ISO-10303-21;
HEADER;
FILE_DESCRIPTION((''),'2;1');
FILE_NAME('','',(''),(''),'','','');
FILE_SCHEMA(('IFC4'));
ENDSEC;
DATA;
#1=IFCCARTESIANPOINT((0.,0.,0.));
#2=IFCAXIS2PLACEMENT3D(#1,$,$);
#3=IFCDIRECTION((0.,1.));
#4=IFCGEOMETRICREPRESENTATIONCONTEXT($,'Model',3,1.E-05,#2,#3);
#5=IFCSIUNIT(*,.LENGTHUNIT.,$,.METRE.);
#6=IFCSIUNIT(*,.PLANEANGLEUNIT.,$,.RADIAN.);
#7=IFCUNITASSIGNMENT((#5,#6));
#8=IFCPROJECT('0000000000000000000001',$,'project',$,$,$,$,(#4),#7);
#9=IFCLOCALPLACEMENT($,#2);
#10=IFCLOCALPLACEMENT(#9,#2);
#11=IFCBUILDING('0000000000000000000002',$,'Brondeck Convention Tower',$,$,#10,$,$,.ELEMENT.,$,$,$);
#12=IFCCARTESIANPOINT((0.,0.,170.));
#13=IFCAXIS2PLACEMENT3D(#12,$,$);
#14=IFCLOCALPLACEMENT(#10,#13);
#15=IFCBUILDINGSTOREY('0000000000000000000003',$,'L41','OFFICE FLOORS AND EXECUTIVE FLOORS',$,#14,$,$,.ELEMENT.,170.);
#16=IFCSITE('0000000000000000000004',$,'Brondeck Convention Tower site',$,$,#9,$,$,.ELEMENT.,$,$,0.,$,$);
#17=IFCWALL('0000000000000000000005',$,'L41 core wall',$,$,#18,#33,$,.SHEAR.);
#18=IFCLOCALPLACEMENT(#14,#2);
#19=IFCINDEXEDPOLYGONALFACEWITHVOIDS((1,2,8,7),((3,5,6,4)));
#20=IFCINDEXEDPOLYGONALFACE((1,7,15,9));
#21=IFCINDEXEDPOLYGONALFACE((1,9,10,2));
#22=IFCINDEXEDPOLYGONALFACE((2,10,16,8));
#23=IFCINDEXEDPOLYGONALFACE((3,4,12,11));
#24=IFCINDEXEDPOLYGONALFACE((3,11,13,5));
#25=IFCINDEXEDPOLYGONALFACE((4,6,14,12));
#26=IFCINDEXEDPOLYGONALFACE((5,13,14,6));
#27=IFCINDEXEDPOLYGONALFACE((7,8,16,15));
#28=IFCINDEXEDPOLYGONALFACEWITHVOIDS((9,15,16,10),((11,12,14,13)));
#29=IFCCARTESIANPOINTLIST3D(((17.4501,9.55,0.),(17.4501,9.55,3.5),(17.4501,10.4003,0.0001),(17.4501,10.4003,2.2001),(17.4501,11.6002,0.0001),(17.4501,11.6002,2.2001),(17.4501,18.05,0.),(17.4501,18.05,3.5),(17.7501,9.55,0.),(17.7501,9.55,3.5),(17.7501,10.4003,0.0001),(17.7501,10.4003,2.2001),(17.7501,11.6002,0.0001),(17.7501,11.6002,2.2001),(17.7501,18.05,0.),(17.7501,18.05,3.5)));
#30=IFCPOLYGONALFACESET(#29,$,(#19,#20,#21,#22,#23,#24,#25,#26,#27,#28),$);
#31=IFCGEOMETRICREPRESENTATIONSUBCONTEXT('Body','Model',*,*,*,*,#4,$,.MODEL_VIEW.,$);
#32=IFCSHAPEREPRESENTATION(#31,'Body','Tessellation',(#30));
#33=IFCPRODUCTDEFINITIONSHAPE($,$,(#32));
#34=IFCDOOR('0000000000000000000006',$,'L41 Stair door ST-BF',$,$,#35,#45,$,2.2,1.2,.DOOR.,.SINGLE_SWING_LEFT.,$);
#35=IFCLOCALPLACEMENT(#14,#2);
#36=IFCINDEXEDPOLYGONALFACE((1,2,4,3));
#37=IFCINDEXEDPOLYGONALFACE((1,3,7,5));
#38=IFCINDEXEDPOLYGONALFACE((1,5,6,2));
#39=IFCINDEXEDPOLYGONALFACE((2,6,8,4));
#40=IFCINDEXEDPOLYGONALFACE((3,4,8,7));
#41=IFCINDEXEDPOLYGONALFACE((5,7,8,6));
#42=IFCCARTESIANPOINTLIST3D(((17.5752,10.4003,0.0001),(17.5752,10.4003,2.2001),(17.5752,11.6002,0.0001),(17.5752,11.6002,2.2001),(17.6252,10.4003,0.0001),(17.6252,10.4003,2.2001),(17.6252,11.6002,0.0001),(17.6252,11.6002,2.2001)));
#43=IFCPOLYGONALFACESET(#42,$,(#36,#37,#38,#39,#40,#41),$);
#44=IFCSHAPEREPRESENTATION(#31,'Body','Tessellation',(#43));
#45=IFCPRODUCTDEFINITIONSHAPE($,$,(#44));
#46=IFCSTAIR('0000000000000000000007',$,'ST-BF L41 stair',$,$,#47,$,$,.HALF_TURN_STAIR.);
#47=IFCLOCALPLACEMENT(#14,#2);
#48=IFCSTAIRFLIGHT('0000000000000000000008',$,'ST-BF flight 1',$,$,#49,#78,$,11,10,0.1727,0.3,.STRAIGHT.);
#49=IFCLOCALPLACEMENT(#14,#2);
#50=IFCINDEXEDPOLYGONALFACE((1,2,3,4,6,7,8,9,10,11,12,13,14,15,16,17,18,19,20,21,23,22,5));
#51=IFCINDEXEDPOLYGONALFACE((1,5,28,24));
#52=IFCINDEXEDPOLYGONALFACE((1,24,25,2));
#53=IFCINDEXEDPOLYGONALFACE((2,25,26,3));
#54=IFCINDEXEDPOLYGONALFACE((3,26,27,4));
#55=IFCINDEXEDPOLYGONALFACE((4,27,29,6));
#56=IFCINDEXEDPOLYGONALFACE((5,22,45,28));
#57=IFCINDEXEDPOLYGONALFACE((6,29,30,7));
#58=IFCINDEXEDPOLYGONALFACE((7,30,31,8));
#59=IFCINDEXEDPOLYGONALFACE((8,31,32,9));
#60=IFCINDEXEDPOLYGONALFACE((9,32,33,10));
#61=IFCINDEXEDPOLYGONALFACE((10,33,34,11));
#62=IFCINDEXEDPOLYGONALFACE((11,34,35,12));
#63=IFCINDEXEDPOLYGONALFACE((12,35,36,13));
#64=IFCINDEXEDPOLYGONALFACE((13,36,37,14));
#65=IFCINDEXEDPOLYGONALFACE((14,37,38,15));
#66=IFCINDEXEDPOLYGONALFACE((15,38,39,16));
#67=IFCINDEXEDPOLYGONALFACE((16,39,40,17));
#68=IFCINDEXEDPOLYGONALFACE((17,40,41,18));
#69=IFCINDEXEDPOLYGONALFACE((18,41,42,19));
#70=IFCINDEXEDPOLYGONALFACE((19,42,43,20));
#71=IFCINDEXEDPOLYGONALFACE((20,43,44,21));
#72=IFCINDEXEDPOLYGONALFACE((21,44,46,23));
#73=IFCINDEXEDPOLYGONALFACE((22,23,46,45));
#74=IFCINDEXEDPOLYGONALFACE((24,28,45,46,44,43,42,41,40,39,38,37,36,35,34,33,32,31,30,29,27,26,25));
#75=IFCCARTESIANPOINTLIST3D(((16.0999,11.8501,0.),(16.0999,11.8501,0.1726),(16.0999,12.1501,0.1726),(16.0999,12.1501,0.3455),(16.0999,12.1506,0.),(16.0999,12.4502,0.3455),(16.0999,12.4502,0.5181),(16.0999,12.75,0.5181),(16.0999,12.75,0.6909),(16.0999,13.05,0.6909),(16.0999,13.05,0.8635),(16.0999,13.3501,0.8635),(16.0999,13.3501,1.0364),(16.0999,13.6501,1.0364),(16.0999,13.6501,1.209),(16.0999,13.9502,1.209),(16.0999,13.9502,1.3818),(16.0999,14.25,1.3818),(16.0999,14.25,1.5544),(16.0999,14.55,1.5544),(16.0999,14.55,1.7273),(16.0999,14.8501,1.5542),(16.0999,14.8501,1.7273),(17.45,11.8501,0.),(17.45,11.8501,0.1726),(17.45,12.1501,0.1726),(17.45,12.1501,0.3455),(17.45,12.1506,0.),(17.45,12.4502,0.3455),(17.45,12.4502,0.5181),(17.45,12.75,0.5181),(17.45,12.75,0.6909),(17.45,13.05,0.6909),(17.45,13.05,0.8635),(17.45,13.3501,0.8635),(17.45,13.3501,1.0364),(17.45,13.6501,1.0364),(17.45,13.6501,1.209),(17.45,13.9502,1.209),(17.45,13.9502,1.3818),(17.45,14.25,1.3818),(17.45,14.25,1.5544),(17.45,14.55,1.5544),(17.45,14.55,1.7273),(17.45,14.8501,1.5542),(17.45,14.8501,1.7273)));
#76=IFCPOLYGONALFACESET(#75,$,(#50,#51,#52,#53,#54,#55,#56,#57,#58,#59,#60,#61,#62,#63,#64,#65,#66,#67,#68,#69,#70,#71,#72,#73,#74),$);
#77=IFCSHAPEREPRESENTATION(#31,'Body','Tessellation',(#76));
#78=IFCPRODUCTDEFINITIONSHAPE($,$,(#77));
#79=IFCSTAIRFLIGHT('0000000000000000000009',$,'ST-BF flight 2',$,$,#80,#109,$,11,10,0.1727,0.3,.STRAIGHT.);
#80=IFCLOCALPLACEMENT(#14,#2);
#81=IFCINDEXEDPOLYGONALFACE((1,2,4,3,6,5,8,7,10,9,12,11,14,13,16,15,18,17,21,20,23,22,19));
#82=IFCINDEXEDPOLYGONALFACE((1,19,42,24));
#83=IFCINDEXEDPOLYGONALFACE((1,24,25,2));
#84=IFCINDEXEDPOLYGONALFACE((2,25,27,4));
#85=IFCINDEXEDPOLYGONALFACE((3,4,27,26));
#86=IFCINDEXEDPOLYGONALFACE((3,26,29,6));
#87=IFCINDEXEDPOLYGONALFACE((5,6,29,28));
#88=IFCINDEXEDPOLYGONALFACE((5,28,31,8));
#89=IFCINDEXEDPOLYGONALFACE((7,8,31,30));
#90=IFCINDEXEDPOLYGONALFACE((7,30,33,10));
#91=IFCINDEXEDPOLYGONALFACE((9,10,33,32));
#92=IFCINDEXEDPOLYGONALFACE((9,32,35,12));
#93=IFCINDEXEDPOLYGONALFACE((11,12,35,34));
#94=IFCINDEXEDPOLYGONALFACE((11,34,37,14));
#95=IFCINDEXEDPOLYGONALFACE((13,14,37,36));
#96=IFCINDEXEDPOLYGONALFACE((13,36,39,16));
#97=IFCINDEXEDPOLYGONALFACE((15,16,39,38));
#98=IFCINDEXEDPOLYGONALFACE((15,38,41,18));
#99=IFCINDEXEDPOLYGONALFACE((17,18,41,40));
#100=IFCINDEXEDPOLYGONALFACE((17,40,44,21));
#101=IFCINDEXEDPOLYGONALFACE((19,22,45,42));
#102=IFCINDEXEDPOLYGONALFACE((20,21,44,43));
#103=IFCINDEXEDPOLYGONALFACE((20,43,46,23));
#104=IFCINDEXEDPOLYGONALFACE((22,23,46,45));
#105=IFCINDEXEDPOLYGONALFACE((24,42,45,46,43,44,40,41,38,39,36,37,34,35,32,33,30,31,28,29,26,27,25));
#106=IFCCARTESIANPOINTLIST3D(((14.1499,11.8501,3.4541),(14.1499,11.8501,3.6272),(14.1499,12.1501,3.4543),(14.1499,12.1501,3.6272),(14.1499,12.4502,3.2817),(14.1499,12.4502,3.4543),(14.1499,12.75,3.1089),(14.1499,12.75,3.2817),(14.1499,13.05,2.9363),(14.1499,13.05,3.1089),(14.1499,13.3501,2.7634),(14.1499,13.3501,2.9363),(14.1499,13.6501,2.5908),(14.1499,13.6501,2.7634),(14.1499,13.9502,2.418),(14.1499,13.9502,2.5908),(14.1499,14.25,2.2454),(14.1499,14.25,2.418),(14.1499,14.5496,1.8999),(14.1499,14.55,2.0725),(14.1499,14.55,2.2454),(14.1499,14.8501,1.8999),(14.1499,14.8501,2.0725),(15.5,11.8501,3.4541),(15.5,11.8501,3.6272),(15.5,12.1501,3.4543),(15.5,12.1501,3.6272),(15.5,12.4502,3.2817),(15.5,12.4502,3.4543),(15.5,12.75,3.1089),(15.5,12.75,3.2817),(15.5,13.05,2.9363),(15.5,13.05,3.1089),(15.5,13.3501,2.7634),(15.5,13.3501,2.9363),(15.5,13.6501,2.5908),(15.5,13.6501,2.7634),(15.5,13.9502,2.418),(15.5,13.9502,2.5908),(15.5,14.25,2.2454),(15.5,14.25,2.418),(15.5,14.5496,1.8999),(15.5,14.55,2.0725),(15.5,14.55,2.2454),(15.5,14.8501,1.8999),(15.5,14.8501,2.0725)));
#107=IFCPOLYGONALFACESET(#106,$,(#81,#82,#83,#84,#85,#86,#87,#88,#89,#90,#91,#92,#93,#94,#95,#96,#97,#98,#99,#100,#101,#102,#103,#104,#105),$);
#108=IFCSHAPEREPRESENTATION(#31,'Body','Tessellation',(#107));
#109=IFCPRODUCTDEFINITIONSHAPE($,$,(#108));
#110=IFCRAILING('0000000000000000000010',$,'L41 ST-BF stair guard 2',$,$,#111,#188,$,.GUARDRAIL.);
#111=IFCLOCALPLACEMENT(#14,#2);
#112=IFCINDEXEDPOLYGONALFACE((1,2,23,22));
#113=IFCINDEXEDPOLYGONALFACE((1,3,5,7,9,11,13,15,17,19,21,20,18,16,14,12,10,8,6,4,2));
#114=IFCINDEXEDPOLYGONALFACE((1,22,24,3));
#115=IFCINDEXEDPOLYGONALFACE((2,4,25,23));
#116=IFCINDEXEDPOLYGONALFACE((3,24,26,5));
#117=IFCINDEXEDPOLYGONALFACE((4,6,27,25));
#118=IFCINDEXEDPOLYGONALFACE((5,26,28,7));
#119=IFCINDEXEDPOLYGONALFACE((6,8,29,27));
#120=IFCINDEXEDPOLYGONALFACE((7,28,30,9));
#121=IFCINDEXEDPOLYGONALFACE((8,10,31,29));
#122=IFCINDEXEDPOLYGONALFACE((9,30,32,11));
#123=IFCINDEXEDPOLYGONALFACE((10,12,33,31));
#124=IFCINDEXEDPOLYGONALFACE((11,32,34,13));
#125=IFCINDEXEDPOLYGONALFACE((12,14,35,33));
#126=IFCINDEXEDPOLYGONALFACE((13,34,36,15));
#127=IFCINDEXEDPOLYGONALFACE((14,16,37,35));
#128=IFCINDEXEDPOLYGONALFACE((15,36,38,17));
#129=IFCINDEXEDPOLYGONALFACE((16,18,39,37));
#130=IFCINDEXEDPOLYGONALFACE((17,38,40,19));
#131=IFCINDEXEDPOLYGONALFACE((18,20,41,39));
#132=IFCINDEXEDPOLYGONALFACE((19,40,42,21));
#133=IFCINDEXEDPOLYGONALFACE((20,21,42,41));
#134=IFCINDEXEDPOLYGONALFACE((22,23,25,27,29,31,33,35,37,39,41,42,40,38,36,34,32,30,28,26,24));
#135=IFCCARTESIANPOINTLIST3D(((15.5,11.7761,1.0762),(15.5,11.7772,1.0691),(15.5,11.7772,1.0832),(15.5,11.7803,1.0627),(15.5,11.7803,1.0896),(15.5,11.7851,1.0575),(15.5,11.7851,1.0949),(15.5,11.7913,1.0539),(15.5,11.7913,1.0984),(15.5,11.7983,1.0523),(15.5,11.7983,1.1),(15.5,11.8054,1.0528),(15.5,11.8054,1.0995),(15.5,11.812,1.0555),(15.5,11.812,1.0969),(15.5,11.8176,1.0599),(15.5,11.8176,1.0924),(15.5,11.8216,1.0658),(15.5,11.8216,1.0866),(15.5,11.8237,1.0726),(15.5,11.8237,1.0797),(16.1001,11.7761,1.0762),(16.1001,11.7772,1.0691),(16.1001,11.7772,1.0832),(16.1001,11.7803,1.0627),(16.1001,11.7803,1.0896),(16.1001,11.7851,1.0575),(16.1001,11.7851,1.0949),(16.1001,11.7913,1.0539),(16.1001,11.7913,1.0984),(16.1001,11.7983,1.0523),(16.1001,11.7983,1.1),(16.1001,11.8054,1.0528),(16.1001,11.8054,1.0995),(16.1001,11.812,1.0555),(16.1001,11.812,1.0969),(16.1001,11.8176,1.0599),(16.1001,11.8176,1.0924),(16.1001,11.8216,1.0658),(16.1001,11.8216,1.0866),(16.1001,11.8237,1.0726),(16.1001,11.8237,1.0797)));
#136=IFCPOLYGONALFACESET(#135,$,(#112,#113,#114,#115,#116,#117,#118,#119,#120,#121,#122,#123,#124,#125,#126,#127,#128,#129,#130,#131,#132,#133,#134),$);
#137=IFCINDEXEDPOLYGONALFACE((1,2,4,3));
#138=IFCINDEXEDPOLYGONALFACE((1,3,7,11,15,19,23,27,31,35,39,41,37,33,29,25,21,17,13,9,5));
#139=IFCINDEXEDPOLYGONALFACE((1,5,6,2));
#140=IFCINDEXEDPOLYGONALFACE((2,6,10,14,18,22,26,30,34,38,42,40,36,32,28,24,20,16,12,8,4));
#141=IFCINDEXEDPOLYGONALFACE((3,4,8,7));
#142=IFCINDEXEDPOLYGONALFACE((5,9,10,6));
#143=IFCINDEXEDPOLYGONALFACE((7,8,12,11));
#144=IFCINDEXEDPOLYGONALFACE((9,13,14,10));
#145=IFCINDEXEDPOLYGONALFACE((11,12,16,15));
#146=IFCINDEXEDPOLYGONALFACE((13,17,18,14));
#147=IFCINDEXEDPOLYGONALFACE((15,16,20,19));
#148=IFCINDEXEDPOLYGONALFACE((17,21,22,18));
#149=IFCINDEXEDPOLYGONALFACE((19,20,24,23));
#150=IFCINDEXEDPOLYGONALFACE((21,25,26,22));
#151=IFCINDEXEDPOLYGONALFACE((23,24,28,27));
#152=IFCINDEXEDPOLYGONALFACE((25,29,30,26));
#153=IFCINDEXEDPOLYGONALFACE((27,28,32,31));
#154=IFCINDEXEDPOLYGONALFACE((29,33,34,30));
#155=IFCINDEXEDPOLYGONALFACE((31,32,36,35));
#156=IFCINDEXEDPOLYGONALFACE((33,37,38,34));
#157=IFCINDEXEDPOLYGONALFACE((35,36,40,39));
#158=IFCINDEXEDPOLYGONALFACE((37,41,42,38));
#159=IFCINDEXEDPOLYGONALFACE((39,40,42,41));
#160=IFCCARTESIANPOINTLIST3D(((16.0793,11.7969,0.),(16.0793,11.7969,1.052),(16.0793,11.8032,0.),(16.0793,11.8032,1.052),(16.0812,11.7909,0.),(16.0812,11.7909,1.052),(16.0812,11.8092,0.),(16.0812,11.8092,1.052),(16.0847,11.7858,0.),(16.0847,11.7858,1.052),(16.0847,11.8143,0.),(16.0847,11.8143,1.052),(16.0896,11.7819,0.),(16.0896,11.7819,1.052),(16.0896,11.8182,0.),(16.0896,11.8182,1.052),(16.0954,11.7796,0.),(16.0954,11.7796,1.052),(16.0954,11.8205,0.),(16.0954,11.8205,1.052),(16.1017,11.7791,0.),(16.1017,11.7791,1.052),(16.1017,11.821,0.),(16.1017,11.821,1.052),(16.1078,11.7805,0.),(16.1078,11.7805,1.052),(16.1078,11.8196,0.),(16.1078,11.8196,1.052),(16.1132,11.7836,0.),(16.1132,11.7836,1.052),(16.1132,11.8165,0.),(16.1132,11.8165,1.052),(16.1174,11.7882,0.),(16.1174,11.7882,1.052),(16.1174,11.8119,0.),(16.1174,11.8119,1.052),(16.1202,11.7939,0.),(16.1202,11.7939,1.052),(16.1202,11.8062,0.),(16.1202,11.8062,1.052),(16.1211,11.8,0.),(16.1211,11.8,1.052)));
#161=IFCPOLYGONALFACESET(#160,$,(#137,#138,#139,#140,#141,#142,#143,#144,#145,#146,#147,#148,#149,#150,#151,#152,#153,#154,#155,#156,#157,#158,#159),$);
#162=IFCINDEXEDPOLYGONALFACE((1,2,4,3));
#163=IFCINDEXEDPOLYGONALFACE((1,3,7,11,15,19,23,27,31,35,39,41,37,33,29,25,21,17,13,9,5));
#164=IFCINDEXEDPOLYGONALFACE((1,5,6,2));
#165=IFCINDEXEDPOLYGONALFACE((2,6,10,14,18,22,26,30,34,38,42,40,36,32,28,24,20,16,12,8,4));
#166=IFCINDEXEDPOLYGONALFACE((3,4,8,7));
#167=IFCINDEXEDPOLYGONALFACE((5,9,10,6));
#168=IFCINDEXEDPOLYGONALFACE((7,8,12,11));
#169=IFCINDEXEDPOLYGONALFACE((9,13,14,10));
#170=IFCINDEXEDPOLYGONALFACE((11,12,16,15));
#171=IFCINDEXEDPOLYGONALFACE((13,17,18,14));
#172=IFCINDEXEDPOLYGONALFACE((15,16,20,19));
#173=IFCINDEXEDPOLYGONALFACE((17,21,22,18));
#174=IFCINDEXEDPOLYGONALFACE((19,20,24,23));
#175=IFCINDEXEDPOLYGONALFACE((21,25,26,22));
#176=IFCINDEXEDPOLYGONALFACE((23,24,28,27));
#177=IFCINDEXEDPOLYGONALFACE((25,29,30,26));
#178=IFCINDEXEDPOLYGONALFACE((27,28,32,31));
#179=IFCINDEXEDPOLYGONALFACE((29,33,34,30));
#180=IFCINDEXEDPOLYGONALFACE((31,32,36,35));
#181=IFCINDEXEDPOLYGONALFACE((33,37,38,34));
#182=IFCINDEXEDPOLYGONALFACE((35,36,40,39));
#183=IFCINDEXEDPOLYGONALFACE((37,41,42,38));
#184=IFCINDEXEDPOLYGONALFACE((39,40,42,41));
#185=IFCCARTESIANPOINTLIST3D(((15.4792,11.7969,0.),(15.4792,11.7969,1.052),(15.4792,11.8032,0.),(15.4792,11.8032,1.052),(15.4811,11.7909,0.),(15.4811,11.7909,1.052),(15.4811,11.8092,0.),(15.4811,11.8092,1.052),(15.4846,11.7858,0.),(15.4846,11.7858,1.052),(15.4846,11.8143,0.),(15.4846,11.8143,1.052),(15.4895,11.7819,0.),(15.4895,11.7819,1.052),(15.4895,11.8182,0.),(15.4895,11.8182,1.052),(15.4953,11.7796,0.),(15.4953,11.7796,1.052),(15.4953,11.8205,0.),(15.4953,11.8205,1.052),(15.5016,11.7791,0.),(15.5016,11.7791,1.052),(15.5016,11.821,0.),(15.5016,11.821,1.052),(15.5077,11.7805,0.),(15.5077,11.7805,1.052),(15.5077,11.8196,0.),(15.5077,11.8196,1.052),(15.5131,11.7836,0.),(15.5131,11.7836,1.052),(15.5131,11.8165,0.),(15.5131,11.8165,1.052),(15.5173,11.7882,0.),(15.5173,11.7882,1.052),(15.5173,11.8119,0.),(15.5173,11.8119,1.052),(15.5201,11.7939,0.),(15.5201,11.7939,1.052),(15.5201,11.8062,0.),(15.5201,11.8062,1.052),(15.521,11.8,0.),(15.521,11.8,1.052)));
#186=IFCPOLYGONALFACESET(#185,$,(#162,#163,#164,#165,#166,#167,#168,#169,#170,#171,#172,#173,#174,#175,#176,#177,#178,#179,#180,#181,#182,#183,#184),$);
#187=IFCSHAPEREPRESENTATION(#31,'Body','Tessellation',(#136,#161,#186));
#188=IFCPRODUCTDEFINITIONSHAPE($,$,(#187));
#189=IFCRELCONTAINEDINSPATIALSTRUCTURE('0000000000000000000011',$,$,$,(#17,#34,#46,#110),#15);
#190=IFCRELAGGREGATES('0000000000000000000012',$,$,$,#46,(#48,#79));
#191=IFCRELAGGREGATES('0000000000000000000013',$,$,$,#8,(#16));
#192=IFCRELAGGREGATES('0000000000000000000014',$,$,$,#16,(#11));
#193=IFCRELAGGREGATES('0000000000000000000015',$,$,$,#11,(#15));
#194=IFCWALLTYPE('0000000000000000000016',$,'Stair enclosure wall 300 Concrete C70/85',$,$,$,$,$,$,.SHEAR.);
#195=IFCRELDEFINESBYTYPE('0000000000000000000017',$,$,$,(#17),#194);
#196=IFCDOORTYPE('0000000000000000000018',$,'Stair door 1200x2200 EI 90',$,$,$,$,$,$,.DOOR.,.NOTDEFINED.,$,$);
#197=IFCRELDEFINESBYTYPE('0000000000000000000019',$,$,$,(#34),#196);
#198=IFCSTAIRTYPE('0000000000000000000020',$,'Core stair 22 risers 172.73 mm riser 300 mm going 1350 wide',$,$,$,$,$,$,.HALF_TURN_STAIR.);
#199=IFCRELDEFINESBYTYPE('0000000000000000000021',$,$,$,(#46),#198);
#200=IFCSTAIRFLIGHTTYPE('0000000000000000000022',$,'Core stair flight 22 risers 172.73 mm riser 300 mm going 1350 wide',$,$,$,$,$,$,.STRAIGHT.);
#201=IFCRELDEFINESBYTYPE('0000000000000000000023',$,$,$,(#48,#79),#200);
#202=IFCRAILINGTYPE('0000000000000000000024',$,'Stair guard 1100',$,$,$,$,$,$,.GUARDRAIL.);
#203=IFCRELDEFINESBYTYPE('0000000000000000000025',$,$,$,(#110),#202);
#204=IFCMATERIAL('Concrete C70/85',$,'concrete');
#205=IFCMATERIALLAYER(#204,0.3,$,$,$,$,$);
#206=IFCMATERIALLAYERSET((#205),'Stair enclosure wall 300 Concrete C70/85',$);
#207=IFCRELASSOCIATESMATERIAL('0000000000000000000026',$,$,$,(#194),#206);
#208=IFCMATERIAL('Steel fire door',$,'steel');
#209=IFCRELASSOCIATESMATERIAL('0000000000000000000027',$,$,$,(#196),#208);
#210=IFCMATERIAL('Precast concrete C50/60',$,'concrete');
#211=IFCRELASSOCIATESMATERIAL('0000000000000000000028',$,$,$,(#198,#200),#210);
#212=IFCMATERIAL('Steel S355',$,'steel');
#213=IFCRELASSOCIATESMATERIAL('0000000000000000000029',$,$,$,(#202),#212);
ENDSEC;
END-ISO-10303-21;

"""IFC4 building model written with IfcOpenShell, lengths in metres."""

from ifc_helpers import new_model, si_unit, direction, frame, frame_2d, origin, origin_2d, place, context, subcontext, project, spatial, polyline, rectangle, circle, outline, extrude, material, layer, layer_set, type_object, element, fill, aggregate, save


model = new_model("IFC4")

# Units and contexts
model_context = context("Model", 3, precision=1e-05, world=origin(), true_north=direction((0.0, 1.0)))
body_context = subcontext(model_context, "Body", "Model", "MODEL_VIEW")
ifc_project = project(units=[si_unit("LENGTHUNIT", "METRE"), si_unit("PLANEANGLEUNIT", "RADIAN")], contexts=[model_context])

# Site, building, storey
site_placement = place(None, origin())
site = spatial("IfcSite", under=ifc_project, at=site_placement, Name="Brondeck Convention Tower site", CompositionType="ELEMENT", RefElevation=0.0)
building_placement = place(site_placement, origin())
building = spatial("IfcBuilding", under=site, at=building_placement, Name="Brondeck Convention Tower", CompositionType="ELEMENT")
storey_placement = place(building_placement, frame((0.0, 0.0, 170.0)))
storey = spatial("IfcBuildingStorey", under=building, at=storey_placement, Name="L41", Description="OFFICE FLOORS AND EXECUTIVE FLOORS", CompositionType="ELEMENT", Elevation=170.0)

# Shared definitions
ifc_material_1 = material(Name="Concrete C70/85", Category="concrete")

# Shared definitions
ifc_material_2 = material(Name="Steel S355", Category="steel")

# Shared definitions
ifc_layer_1 = layer(ifc_material_1, 0.3)
ifc_layer_set_1 = layer_set([ifc_layer_1], Name="Stair enclosure wall 300 Concrete C70/85")
wall_type_1 = type_object("IfcWallType", Name="Stair enclosure wall 300 Concrete C70/85", PredefinedType="SHEAR", material=ifc_layer_set_1)

# Wall, opening, door
wall_1_placement = place(storey_placement, frame((17.6001, 9.55, 0.0), z_axis=(0.0, 0.0, 1.0), x_axis=(0.0, 1.0, 0.0)))
wall_1 = element("IfcWall", 1, at=wall_1_placement, inside=storey, type_object=wall_type_1, Name="L41 core wall", PredefinedType="SHEAR", context=body_context, shape_type="SweptSolid", body=[
    extrude(rectangle(XDim=8.5, YDim=0.3, at=frame_2d((4.25, 0.0))), origin(), (0.0, 0.0, 1.0), 3.5),
])
opening_1_placement = place(wall_1_placement, frame((0.8501, 0.0, 0.0)))
opening_1 = element("IfcOpeningElement", 2, at=opening_1_placement, cuts=wall_1, PredefinedType="OPENING", context=body_context, shape_type="SweptSolid", body=[
    extrude(rectangle(XDim=1.2, YDim=2.2, at=frame_2d((0.6001, 1.1001))), frame((0.0, 0.1599, 0.0), z_axis=(0.0, -1.0, 0.0), x_axis=(1.0, 0.0, 0.0)), (0.0, 0.0, 1.0), 0.3201),
])
ifc_material_3 = material(Name="Steel fire door", Category="steel")
door_type_1 = type_object("IfcDoorType", Name="Stair door 1200x2200 EI 90", OperationType="NOTDEFINED", PredefinedType="DOOR", material=ifc_material_3)
door_1_placement = place(opening_1_placement, origin())
door_1 = element("IfcDoor", 3, at=door_1_placement, inside=storey, type_object=door_type_1, Name="L41 Stair door ST-BF", OperationType="SINGLE_SWING_LEFT", OverallHeight=2.2, OverallWidth=1.2, PredefinedType="DOOR", context=body_context, shape_type="SweptSolid", body=[
    extrude(rectangle(XDim=1.2, YDim=2.2, at=frame_2d((0.6001, 1.1001))), frame((0.0, 0.0249, 0.0), z_axis=(0.0, -1.0, 0.0), x_axis=(1.0, 0.0, 0.0)), (0.0, 0.0, 1.0), 0.05),
])
fill(opening_1, door_1)

# Stair, stair flights
ifc_material_4 = material(Name="Precast concrete C50/60", Category="concrete")
stair_type = type_object("IfcStairType", Name="Core stair 22 risers 172.73 mm riser 300 mm going 1350 wide", PredefinedType="HALF_TURN_STAIR", material=ifc_material_4)
stair_placement = place(storey_placement, origin())
stair = element("IfcStair", 4, at=stair_placement, inside=storey, type_object=stair_type, Name="ST-BF L41 stair", PredefinedType="HALF_TURN_STAIR")
stair_flight_type = type_object("IfcStairFlightType", Name="Core stair flight 22 risers 172.73 mm riser 300 mm going 1350 wide", PredefinedType="STRAIGHT", material=ifc_material_4)
stair_flight_1_placement = place(storey_placement, frame((16.7749, 11.8501, 0.0), z_axis=(0.0, 0.0, 1.0), x_axis=(0.0, 1.0, 0.0)))
stair_flight_1 = element("IfcStairFlight", 5, at=stair_flight_1_placement, type_object=stair_flight_type, Name="ST-BF flight 1", NumberOfRisers=11, NumberOfTreads=10, PredefinedType="STRAIGHT", RiserHeight=0.1727, TreadLength=0.3, context=body_context, shape_type="SweptSolid", body=[
    extrude(outline(polyline([(0.0, 0.0), (0.0, 0.1726), (0.3, 0.1726), (0.3, 0.3455), (0.6001, 0.3455), (0.6001, 0.5181), (0.8999, 0.5181), (0.8999, 0.6909), (1.2, 0.6909), (1.2, 0.8635), (1.5, 0.8635), (1.5, 1.0364), (1.8, 1.0364), (1.8, 1.209), (2.1001, 1.209), (2.1001, 1.3818), (2.3999, 1.3818), (2.3999, 1.5544), (2.7, 1.5544), (2.7, 1.7273), (3.0, 1.7273), (3.0, 1.8999), (3.0, 1.5542), (0.3005, 0.0), (0.0, 0.0)])), frame((0.0, 0.675, 0.0), z_axis=(0.0, -1.0, 0.0), x_axis=(1.0, 0.0, 0.0)), (0.0, 0.0, 1.0), 1.3501),
])
stair_flight_2_placement = place(storey_placement, frame((14.825, 14.8501, 1.8999), z_axis=(0.0, 0.0, 1.0), x_axis=(0.0, -1.0, 0.0)))
stair_flight_2 = element("IfcStairFlight", 6, at=stair_flight_2_placement, type_object=stair_flight_type, Name="ST-BF flight 2", NumberOfRisers=11, NumberOfTreads=10, PredefinedType="STRAIGHT", RiserHeight=0.1727, TreadLength=0.3, context=body_context, shape_type="SweptSolid", body=[
    extrude(outline(polyline([(0.0, 0.0), (0.0, 0.1726), (0.3, 0.1726), (0.3, 0.3455), (0.6001, 0.3455), (0.6001, 0.5181), (0.8999, 0.5181), (0.8999, 0.6909), (1.2, 0.6909), (1.2, 0.8635), (1.5, 0.8635), (1.5, 1.0364), (1.8, 1.0364), (1.8, 1.209), (2.1001, 1.209), (2.1001, 1.3818), (2.3999, 1.3818), (2.3999, 1.5544), (2.7, 1.5544), (2.7, 1.7273), (3.0, 1.7273), (3.0, 1.8999), (3.0, 1.5542), (0.3005, 0.0), (0.0, 0.0)])), frame((0.0, 0.675, 0.0), z_axis=(0.0, -1.0, 0.0), x_axis=(1.0, 0.0, 0.0)), (0.0, 0.0, 1.0), 1.3501),
])
aggregate(stair, [stair_flight_1, stair_flight_2])

# Railing
railing_type_1 = type_object("IfcRailingType", Name="Stair guard 1100", PredefinedType="GUARDRAIL", material=ifc_material_2)
railing_1_placement = place(storey_placement, frame((16.1001, 11.8, 0.0)))
element("IfcRailing", 7, at=railing_1_placement, inside=storey, type_object=railing_type_1, Name="L41 ST-BF stair guard 2", PredefinedType="GUARDRAIL", context=body_context, shape_type="SweptSolid", body=[
    extrude(circle(Radius=0.0239, at=origin_2d()), frame((0.0, 0.0, 1.0762), z_axis=(-1.0, 0.0, 0.0), x_axis=(0.0, -1.0, 0.0)), (0.0, 0.0, 1.0), 0.6001),
    extrude(circle(Radius=0.021, at=origin_2d()), origin(), (0.0, 0.0, 1.0), 1.052),
    extrude(circle(Radius=0.021, at=origin_2d()), frame((-0.6001, 0.0, 0.0)), (0.0, 0.0, 1.0), 1.052),
])

save(model, "model.ifc")
